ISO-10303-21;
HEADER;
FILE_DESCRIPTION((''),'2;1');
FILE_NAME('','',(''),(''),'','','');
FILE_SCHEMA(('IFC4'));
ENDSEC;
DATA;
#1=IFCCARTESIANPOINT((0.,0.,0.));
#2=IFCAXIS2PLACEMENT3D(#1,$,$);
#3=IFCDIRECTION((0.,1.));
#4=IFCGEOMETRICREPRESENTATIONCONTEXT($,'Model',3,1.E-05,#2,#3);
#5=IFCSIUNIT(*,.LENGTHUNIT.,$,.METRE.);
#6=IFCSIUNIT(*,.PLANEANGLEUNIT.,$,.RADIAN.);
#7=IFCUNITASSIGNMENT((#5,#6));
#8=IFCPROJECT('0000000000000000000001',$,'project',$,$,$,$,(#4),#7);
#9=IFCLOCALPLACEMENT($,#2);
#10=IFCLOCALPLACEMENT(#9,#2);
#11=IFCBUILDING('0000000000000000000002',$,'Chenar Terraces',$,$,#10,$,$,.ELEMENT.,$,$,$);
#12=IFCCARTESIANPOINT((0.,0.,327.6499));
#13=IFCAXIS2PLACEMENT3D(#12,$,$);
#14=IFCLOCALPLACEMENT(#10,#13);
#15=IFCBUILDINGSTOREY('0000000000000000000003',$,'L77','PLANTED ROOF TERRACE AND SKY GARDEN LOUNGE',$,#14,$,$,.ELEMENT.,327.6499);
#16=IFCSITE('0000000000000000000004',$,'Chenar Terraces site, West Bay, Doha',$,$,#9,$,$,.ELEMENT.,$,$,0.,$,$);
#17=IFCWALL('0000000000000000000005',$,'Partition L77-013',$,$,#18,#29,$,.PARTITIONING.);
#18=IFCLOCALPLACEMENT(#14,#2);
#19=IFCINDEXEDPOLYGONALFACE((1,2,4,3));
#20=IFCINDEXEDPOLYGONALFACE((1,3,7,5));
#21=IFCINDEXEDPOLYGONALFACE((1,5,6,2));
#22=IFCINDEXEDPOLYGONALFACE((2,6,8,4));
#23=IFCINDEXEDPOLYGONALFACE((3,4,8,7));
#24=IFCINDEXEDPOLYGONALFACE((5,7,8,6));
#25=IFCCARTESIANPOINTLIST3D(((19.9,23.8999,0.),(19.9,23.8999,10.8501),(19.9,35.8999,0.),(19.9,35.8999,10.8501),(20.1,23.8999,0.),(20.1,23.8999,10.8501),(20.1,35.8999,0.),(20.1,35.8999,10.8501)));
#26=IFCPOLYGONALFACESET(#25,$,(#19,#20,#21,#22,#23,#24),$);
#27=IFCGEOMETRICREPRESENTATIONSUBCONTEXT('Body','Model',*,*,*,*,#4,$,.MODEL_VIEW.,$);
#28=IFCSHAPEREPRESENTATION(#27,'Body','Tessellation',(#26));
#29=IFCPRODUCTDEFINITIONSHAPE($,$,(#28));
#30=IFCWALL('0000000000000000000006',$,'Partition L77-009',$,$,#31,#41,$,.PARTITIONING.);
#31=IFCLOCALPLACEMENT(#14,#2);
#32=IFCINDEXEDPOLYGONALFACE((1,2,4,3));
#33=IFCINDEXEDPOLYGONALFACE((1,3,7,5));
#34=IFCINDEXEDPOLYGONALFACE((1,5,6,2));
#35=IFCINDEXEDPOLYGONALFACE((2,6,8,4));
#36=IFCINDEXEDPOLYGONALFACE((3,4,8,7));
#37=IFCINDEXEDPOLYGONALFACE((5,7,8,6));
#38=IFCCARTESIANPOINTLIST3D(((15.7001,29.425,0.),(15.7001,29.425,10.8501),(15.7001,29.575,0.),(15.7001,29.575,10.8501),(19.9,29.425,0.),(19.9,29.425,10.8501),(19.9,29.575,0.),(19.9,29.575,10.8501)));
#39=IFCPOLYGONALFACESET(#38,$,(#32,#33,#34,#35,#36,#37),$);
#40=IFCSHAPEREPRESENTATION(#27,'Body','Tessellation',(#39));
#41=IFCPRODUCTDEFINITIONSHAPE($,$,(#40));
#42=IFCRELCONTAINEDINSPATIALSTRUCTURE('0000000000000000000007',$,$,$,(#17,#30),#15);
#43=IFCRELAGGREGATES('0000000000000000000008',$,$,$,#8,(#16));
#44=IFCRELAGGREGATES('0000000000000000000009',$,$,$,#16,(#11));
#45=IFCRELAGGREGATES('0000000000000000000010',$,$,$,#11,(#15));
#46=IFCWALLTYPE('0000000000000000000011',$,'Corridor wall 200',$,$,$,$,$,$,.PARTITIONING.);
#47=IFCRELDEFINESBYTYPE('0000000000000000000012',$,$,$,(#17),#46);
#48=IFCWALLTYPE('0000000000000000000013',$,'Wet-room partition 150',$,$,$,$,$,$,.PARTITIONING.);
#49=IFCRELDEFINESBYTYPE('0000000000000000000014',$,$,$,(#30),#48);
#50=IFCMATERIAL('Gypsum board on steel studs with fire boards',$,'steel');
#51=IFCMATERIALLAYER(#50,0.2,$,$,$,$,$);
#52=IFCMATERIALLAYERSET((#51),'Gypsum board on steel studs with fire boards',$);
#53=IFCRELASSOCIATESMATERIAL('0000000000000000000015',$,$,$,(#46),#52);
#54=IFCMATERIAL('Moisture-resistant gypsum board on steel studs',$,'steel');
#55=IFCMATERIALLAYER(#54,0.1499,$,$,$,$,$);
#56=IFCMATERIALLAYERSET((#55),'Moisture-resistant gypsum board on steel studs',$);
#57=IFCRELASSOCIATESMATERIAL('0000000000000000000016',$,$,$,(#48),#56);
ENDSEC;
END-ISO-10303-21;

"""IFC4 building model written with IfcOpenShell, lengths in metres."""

from ifc_helpers import new_model, si_unit, direction, frame, frame_2d, origin, place, context, subcontext, project, spatial, rectangle, extrude, material, layer, layer_set, type_object, element, save


model = new_model("IFC4")

# Units and contexts
model_context = context("Model", 3, precision=1e-05, world=origin(), true_north=direction((0.0, 1.0)))
body_context = subcontext(model_context, "Body", "Model", "MODEL_VIEW")
ifc_project = project(units=[si_unit("LENGTHUNIT", "METRE"), si_unit("PLANEANGLEUNIT", "RADIAN")], contexts=[model_context])

# Site, building, storey
site_placement = place(None, origin())
site = spatial("IfcSite", under=ifc_project, at=site_placement, Name="Chenar Terraces site, West Bay, Doha", CompositionType="ELEMENT", RefElevation=0.0)
building_placement = place(site_placement, origin())
building = spatial("IfcBuilding", under=site, at=building_placement, Name="Chenar Terraces", CompositionType="ELEMENT")
storey_placement = place(building_placement, frame((0.0, 0.0, 327.6499)))
storey = spatial("IfcBuildingStorey", under=building, at=storey_placement, Name="L77", Description="PLANTED ROOF TERRACE AND SKY GARDEN LOUNGE", CompositionType="ELEMENT", Elevation=327.6499)

# Shared definitions
ifc_material_1 = material(Name="Gypsum board on steel studs with fire boards", Category="steel")
ifc_layer_1 = layer(ifc_material_1, 0.2)
ifc_layer_set_1 = layer_set([ifc_layer_1], Name="Gypsum board on steel studs with fire boards")
wall_type_1 = type_object("IfcWallType", Name="Corridor wall 200", PredefinedType="PARTITIONING", material=ifc_layer_set_1)

# Walls
wall_1_placement = place(storey_placement, frame((20.0, 23.8999, 0.0), z_axis=(0.0, 0.0, 1.0), x_axis=(0.0, 1.0, 0.0)))
element("IfcWall", 1, at=wall_1_placement, inside=storey, type_object=wall_type_1, Name="Partition L77-013", PredefinedType="PARTITIONING", context=body_context, shape_type="SweptSolid", body=[
    extrude(rectangle(XDim=12.0, YDim=0.2, at=frame_2d((6.0, 0.0))), origin(), (0.0, 0.0, 1.0), 10.8501),
])
ifc_material_2 = material(Name="Moisture-resistant gypsum board on steel studs", Category="steel")
ifc_layer_2 = layer(ifc_material_2, 0.1499)
ifc_layer_set_2 = layer_set([ifc_layer_2], Name="Moisture-resistant gypsum board on steel studs")
wall_type_2 = type_object("IfcWallType", Name="Wet-room partition 150", PredefinedType="PARTITIONING", material=ifc_layer_set_2)
wall_2_placement = place(storey_placement, frame((15.7, 29.5, 0.0), z_axis=(0.0, 0.0, 1.0), x_axis=(1.0, 0.0, 0.0)))
element("IfcWall", 2, at=wall_2_placement, inside=storey, type_object=wall_type_2, Name="Partition L77-009", PredefinedType="PARTITIONING", context=body_context, shape_type="SweptSolid", body=[
    extrude(rectangle(XDim=4.2, YDim=0.1499, at=frame_2d((2.1001, 0.0))), origin(), (0.0, 0.0, 1.0), 10.8501),
])

save(model, "model.ifc")
